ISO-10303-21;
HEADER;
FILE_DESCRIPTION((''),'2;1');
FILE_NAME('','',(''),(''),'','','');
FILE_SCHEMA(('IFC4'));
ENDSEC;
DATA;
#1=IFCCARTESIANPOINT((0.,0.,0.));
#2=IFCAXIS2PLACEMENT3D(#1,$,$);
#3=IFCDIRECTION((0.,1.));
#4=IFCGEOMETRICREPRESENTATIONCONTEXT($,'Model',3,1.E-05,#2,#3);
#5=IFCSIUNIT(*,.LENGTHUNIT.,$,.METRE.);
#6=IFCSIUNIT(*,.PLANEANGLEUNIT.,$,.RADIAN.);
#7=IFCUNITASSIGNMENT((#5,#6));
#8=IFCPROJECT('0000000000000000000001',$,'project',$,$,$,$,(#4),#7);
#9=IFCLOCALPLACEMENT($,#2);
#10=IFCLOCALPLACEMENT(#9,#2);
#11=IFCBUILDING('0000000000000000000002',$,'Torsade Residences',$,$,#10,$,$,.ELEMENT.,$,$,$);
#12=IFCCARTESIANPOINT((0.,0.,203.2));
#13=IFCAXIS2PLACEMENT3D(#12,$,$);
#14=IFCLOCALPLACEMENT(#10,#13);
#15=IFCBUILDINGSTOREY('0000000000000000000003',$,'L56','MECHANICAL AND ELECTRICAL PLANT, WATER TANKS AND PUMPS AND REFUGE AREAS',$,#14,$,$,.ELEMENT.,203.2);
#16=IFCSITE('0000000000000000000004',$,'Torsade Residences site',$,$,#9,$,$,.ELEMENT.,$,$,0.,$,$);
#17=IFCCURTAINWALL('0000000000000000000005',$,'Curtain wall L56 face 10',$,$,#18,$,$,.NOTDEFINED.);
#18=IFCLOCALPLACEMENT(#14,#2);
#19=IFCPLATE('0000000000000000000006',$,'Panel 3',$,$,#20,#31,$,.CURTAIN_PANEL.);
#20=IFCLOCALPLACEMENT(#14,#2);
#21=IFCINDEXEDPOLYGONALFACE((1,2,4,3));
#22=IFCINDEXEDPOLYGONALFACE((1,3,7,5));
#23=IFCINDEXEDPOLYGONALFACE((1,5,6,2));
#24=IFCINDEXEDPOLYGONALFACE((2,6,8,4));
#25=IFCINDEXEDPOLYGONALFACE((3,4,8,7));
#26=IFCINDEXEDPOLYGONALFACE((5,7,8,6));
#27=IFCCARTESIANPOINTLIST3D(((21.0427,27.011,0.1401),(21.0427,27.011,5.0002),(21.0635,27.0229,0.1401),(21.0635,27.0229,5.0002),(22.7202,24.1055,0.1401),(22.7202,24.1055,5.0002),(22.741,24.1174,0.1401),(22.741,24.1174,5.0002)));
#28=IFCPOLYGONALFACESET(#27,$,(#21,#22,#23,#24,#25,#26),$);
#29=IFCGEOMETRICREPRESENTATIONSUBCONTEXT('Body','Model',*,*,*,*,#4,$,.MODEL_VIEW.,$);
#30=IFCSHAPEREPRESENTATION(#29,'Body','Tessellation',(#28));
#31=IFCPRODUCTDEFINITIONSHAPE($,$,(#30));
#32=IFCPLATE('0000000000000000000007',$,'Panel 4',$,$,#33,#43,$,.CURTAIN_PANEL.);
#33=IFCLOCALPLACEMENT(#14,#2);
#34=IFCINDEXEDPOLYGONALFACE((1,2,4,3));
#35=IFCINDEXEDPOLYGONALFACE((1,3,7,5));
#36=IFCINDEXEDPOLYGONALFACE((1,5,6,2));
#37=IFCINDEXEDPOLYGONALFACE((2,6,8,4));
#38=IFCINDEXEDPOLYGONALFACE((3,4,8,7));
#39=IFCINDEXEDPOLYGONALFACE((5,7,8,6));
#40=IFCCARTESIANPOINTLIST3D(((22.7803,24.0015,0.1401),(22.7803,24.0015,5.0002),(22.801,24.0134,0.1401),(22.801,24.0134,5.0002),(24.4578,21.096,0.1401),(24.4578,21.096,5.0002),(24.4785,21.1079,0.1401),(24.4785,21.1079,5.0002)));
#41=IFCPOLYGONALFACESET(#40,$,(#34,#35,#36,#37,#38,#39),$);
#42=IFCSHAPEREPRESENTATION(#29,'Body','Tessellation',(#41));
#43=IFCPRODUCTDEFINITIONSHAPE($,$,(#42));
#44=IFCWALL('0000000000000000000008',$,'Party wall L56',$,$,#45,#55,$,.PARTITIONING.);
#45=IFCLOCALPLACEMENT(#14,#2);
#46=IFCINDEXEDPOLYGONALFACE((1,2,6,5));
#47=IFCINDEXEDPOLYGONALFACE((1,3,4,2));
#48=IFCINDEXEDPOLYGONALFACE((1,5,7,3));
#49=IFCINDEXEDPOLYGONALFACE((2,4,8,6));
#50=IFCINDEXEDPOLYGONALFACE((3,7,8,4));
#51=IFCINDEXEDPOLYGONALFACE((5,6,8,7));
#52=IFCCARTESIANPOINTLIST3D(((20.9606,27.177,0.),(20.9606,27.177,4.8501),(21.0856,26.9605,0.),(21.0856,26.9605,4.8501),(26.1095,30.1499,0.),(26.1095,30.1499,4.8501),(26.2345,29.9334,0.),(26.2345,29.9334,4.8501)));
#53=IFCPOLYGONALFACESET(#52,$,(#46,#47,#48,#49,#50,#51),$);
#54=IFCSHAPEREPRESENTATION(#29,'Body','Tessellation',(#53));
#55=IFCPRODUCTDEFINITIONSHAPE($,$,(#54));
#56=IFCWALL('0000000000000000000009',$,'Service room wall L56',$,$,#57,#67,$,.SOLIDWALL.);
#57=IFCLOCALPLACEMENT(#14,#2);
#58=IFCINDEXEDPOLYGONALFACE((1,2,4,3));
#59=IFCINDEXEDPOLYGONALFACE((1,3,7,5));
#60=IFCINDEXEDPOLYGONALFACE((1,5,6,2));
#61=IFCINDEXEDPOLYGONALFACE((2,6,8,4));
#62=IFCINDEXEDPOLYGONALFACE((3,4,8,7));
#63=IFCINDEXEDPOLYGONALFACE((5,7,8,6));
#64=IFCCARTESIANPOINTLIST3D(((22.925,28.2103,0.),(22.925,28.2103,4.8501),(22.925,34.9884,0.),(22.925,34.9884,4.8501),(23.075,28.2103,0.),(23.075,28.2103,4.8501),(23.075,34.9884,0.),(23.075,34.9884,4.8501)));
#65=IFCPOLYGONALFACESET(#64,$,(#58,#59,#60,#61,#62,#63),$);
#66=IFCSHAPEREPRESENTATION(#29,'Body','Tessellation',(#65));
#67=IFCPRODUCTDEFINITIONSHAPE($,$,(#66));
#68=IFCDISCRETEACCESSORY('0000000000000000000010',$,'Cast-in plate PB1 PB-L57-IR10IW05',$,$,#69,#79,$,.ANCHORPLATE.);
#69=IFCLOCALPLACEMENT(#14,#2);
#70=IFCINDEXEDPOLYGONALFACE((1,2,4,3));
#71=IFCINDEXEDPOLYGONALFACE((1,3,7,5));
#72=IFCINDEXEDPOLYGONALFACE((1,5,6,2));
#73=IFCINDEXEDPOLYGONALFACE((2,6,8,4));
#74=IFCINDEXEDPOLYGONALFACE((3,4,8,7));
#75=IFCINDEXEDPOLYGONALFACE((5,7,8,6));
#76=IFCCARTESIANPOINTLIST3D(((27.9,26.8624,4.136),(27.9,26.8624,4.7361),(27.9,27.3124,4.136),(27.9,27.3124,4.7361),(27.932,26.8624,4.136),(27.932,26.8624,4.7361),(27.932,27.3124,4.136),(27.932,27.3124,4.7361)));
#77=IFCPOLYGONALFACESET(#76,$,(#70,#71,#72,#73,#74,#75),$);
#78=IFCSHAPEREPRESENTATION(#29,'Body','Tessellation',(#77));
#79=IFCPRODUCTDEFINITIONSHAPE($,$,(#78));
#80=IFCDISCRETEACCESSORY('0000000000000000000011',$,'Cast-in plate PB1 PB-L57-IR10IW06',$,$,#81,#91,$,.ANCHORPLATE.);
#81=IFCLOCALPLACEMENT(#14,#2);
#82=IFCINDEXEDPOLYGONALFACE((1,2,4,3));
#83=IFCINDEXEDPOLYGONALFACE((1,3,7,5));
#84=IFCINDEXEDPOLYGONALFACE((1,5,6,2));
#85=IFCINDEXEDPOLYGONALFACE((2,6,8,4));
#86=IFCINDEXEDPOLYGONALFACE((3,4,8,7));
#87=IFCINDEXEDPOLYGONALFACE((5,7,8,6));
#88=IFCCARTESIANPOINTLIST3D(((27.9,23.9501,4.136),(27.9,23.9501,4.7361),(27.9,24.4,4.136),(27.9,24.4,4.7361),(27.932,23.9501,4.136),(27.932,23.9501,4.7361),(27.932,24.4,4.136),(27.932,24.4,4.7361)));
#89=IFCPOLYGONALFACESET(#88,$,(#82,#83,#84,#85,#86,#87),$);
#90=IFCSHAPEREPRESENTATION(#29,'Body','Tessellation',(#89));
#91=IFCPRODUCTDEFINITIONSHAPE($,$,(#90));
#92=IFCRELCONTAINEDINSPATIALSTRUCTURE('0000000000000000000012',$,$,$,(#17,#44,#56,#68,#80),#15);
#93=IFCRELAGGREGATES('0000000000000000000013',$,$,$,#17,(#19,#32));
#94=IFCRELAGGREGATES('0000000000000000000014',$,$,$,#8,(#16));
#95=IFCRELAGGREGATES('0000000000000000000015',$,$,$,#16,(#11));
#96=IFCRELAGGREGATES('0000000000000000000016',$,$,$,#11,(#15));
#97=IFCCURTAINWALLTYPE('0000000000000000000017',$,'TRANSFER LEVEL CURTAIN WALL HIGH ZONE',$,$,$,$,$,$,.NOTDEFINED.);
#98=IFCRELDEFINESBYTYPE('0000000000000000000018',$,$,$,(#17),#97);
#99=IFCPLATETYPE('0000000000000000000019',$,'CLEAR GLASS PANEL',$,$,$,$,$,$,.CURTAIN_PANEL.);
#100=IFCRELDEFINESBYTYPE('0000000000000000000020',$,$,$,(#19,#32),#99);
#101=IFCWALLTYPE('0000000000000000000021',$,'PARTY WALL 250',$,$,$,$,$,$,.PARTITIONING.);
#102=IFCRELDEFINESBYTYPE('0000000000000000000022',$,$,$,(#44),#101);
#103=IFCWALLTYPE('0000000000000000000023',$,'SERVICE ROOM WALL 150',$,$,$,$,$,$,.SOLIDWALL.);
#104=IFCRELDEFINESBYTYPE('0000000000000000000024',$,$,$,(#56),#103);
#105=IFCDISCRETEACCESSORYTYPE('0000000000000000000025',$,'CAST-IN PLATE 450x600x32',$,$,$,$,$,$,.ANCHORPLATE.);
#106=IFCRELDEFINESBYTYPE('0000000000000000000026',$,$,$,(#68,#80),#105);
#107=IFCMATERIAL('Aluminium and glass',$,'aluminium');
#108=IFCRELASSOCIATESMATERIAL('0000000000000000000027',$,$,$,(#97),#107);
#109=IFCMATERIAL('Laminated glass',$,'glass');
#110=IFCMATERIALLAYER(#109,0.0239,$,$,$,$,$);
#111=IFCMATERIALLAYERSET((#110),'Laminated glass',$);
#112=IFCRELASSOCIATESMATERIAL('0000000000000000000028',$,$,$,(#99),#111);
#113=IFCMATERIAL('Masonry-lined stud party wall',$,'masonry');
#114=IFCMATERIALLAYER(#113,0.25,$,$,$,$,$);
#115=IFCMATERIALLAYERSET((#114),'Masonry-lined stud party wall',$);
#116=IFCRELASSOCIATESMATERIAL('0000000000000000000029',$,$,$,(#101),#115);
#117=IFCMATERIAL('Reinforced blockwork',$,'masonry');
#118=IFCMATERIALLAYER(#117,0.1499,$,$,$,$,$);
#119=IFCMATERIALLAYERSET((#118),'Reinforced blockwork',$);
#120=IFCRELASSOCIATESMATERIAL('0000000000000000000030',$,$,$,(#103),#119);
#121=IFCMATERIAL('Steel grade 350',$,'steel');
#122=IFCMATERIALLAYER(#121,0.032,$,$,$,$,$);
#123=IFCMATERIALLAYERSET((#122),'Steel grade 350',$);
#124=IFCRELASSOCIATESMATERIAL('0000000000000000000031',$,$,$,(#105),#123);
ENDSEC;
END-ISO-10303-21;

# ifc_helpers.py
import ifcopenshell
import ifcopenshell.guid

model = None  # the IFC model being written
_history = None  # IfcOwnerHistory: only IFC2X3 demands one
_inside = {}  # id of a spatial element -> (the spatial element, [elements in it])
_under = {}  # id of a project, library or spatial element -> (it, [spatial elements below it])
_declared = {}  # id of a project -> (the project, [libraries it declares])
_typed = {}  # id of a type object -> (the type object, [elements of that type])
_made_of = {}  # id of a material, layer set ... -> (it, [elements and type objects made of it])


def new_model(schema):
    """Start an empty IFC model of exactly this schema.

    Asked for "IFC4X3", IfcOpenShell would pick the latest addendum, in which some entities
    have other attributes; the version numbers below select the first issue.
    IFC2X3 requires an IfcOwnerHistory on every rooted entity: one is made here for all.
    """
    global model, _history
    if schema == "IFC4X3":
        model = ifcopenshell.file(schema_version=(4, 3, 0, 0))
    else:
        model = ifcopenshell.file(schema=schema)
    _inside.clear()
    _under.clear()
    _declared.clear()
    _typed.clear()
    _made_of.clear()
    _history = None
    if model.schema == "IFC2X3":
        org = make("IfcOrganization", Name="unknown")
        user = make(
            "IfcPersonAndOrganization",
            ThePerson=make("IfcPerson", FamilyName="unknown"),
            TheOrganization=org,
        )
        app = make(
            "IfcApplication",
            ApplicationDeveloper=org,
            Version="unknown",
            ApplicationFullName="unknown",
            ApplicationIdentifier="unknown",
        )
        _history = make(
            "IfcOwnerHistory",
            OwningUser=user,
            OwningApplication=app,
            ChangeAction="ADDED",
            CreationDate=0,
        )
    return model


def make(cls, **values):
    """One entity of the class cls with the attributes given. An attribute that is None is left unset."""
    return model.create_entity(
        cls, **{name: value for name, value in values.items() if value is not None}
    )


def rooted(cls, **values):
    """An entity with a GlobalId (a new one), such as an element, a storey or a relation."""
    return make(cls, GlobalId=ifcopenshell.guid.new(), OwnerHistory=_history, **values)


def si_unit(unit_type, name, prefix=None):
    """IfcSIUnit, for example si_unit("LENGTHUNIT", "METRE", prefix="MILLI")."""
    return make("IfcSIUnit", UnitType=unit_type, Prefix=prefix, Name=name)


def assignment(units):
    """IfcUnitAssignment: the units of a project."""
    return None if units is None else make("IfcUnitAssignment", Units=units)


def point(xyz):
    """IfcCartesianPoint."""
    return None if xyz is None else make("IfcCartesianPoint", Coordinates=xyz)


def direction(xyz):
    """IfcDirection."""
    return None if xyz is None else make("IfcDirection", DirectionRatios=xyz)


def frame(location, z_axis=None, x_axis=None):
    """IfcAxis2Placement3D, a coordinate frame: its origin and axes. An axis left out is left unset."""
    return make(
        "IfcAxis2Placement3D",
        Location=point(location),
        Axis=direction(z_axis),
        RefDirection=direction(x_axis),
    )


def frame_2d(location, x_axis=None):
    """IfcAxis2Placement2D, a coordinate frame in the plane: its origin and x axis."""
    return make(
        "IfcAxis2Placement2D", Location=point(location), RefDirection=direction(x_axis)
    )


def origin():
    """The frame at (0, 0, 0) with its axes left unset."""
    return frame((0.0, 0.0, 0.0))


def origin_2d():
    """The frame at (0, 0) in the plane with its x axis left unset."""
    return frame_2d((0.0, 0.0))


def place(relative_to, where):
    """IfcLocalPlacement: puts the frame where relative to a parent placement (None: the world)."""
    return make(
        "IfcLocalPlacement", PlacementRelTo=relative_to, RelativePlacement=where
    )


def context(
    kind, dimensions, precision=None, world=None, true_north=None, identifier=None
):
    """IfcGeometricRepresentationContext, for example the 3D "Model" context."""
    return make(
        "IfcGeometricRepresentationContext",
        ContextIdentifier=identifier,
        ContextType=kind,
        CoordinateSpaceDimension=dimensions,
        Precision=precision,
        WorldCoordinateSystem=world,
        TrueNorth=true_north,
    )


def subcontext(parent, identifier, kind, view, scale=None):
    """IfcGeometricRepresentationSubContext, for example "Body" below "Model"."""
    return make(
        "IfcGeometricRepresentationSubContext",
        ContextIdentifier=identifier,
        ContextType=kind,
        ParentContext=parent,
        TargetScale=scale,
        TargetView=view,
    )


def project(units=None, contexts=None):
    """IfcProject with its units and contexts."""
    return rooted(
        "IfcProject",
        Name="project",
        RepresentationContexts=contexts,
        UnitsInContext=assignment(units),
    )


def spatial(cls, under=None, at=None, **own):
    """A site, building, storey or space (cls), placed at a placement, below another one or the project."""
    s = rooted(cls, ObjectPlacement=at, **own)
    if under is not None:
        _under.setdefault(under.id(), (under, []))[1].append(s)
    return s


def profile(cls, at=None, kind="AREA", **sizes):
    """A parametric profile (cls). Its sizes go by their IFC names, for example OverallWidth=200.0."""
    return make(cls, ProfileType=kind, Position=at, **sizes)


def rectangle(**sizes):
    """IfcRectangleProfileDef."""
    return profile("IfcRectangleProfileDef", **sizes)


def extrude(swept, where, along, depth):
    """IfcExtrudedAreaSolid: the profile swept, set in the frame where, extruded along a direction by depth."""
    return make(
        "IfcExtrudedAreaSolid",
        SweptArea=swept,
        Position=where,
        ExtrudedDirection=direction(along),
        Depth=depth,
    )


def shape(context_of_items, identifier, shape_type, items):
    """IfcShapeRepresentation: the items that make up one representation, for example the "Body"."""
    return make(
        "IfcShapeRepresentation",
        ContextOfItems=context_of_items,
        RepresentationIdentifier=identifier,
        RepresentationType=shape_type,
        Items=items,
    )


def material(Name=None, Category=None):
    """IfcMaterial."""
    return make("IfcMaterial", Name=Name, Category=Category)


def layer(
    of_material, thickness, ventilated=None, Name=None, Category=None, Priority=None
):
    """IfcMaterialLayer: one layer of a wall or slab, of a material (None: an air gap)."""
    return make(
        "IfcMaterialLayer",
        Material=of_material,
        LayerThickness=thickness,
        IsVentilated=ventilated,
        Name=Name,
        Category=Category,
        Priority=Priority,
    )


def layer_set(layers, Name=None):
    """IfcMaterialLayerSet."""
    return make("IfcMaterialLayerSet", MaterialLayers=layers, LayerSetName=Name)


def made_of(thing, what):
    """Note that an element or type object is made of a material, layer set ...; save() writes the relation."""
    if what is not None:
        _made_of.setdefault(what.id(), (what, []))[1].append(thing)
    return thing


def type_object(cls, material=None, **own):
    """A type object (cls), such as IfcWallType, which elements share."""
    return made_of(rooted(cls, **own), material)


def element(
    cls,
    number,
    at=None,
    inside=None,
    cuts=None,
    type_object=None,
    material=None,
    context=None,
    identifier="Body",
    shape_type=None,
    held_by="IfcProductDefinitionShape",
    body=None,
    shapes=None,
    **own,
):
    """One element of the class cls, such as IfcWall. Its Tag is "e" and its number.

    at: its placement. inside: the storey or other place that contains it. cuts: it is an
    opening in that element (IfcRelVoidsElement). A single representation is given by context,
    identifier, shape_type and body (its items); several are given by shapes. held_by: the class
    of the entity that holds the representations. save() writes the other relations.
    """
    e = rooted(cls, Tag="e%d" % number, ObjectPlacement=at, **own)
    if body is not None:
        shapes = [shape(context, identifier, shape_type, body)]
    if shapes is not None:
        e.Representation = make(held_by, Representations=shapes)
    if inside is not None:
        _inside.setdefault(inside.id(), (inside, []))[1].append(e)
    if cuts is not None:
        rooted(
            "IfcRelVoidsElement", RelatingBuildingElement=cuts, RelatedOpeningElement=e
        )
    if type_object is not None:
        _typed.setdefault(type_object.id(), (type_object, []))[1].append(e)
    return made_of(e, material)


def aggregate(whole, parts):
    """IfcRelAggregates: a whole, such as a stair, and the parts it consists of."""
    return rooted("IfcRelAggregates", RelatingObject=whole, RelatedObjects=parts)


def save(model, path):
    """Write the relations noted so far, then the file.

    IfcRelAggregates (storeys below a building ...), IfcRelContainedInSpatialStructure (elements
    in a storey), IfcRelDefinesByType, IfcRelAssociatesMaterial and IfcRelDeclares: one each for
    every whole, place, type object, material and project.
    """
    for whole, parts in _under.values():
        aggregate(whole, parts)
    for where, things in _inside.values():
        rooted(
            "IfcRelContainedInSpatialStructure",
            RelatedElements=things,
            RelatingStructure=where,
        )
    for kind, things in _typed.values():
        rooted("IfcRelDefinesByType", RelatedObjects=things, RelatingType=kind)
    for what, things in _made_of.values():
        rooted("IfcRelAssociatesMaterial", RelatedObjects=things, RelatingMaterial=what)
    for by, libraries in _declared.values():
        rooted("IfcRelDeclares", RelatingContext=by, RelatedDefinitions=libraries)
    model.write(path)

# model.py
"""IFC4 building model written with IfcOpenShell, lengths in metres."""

from ifc_helpers import new_model, si_unit, direction, frame, frame_2d, origin, origin_2d, place, context, subcontext, project, spatial, rectangle, extrude, material, layer, layer_set, type_object, element, aggregate, save


model = new_model("IFC4")

# Units and contexts
model_context = context("Model", 3, precision=1e-05, world=origin(), true_north=direction((0.0, 1.0)))
body_context = subcontext(model_context, "Body", "Model", "MODEL_VIEW")
ifc_project = project(units=[si_unit("LENGTHUNIT", "METRE"), si_unit("PLANEANGLEUNIT", "RADIAN")], contexts=[model_context])

# Site, building, storey
site_placement = place(None, origin())
site = spatial("IfcSite", under=ifc_project, at=site_placement, Name="Torsade Residences site", CompositionType="ELEMENT", RefElevation=0.0)
building_placement = place(site_placement, origin())
building = spatial("IfcBuilding", under=site, at=building_placement, Name="Torsade Residences", CompositionType="ELEMENT")
storey_placement = place(building_placement, frame((0.0, 0.0, 203.2)))
storey = spatial("IfcBuildingStorey", under=building, at=storey_placement, Name="L56", Description="MECHANICAL AND ELECTRICAL PLANT, WATER TANKS AND PUMPS AND REFUGE AREAS", CompositionType="ELEMENT", Elevation=203.2)

# Curtain wall
ifc_material_1 = material(Name="Aluminium and glass", Category="aluminium")
curtain_wall_type = type_object("IfcCurtainWallType", Name="TRANSFER LEVEL CURTAIN WALL HIGH ZONE", PredefinedType="NOTDEFINED", material=ifc_material_1)
curtain_wall_placement = place(storey_placement, origin())
curtain_wall = element("IfcCurtainWall", 1, at=curtain_wall_placement, inside=storey, type_object=curtain_wall_type, Name="Curtain wall L56 face 10", PredefinedType="NOTDEFINED")

# Plates
ifc_material_2 = material(Name="Laminated glass", Category="glass")
ifc_layer_1 = layer(ifc_material_2, 0.0239)
ifc_layer_set_1 = layer_set([ifc_layer_1], Name="Laminated glass")
plate_type = type_object("IfcPlateType", Name="CLEAR GLASS PANEL", PredefinedType="CURTAIN_PANEL", material=ifc_layer_set_1)
plate_1_placement = place(storey_placement, frame((21.8918, 25.5642, 0.1401), z_axis=(0.0, 0.0, 1.0), x_axis=(0.5, -0.866025, 0.0)))
plate_1 = element("IfcPlate", 2, at=plate_1_placement, type_object=plate_type, Name="Panel 3", PredefinedType="CURTAIN_PANEL", context=body_context, shape_type="SweptSolid", body=[
    extrude(rectangle(XDim=3.355, YDim=0.0239, at=origin_2d()), origin(), (0.0, 0.0, 1.0), 4.8601),
])
plate_2_placement = place(storey_placement, frame((23.6294, 22.5547, 0.1401), z_axis=(0.0, 0.0, 1.0), x_axis=(0.5, -0.866025, 0.0)))
plate_2 = element("IfcPlate", 3, at=plate_2_placement, type_object=plate_type, Name="Panel 4", PredefinedType="CURTAIN_PANEL", context=body_context, shape_type="SweptSolid", body=[
    extrude(rectangle(XDim=3.355, YDim=0.0239, at=origin_2d()), origin(), (0.0, 0.0, 1.0), 4.8601),
])
aggregate(curtain_wall, [plate_1, plate_2])

# Walls
ifc_material_3 = material(Name="Masonry-lined stud party wall", Category="masonry")
ifc_layer_2 = layer(ifc_material_3, 0.25)
ifc_layer_set_2 = layer_set([ifc_layer_2], Name="Masonry-lined stud party wall")
wall_type_1 = type_object("IfcWallType", Name="PARTY WALL 250", PredefinedType="PARTITIONING", material=ifc_layer_set_2)
wall_1_placement = place(storey_placement, frame((21.0232, 27.0688, 0.0), z_axis=(0.0, 0.0, 1.0), x_axis=(0.866013, 0.500021, 0.0)))
element("IfcWall", 4, at=wall_1_placement, inside=storey, type_object=wall_type_1, Name="Party wall L56", PredefinedType="PARTITIONING", context=body_context, shape_type="SweptSolid", body=[
    extrude(rectangle(XDim=5.9456, YDim=0.25, at=frame_2d((2.9727, 0.0))), origin(), (0.0, 0.0, 1.0), 4.8501),
])
ifc_material_4 = material(Name="Reinforced blockwork", Category="masonry")
ifc_layer_3 = layer(ifc_material_4, 0.1499)
ifc_layer_set_3 = layer_set([ifc_layer_3], Name="Reinforced blockwork")
wall_type_2 = type_object("IfcWallType", Name="SERVICE ROOM WALL 150", PredefinedType="SOLIDWALL", material=ifc_layer_set_3)
wall_2_placement = place(storey_placement, frame((23.0, 28.2102, 0.0), z_axis=(0.0, 0.0, 1.0), x_axis=(0.0, 1.0, 0.0)))
element("IfcWall", 5, at=wall_2_placement, inside=storey, type_object=wall_type_2, Name="Service room wall L56", PredefinedType="SOLIDWALL", context=body_context, shape_type="SweptSolid", body=[
    extrude(rectangle(XDim=6.7781, YDim=0.1499, at=frame_2d((3.3892, 0.0))), origin(), (0.0, 0.0, 1.0), 4.8501),
])

# Discrete accessories
ifc_material_5 = material(Name="Steel grade 350", Category="steel")
ifc_layer_4 = layer(ifc_material_5, 0.032)
ifc_layer_set_4 = layer_set([ifc_layer_4], Name="Steel grade 350")
discrete_accessory_type = type_object("IfcDiscreteAccessoryType", Name="CAST-IN PLATE 450x600x32", PredefinedType="ANCHORPLATE", material=ifc_layer_set_4)
for number, where, z_axis, x_axis, name in (
    (6, (27.916, 27.0874, 4.136), (0.0, 0.0, 1.0), (1.0, 0.0, 0.0), "Cast-in plate PB1 PB-L57-IR10IW05"),
    (7, (27.916, 24.175, 4.136), (0.0, 0.0, 1.0), (1.0, 0.0, 0.0), "Cast-in plate PB1 PB-L57-IR10IW06"),
):
    element("IfcDiscreteAccessory", number, at=place(storey_placement, frame(where, z_axis=z_axis, x_axis=x_axis)), inside=storey, type_object=discrete_accessory_type, Name=name, PredefinedType="ANCHORPLATE", context=body_context, shape_type="SweptSolid", body=[
        extrude(rectangle(XDim=0.032, YDim=0.45, at=origin_2d()), origin(), (0.0, 0.0, 1.0), 0.6001),
    ])

save(model, "model.ifc")
